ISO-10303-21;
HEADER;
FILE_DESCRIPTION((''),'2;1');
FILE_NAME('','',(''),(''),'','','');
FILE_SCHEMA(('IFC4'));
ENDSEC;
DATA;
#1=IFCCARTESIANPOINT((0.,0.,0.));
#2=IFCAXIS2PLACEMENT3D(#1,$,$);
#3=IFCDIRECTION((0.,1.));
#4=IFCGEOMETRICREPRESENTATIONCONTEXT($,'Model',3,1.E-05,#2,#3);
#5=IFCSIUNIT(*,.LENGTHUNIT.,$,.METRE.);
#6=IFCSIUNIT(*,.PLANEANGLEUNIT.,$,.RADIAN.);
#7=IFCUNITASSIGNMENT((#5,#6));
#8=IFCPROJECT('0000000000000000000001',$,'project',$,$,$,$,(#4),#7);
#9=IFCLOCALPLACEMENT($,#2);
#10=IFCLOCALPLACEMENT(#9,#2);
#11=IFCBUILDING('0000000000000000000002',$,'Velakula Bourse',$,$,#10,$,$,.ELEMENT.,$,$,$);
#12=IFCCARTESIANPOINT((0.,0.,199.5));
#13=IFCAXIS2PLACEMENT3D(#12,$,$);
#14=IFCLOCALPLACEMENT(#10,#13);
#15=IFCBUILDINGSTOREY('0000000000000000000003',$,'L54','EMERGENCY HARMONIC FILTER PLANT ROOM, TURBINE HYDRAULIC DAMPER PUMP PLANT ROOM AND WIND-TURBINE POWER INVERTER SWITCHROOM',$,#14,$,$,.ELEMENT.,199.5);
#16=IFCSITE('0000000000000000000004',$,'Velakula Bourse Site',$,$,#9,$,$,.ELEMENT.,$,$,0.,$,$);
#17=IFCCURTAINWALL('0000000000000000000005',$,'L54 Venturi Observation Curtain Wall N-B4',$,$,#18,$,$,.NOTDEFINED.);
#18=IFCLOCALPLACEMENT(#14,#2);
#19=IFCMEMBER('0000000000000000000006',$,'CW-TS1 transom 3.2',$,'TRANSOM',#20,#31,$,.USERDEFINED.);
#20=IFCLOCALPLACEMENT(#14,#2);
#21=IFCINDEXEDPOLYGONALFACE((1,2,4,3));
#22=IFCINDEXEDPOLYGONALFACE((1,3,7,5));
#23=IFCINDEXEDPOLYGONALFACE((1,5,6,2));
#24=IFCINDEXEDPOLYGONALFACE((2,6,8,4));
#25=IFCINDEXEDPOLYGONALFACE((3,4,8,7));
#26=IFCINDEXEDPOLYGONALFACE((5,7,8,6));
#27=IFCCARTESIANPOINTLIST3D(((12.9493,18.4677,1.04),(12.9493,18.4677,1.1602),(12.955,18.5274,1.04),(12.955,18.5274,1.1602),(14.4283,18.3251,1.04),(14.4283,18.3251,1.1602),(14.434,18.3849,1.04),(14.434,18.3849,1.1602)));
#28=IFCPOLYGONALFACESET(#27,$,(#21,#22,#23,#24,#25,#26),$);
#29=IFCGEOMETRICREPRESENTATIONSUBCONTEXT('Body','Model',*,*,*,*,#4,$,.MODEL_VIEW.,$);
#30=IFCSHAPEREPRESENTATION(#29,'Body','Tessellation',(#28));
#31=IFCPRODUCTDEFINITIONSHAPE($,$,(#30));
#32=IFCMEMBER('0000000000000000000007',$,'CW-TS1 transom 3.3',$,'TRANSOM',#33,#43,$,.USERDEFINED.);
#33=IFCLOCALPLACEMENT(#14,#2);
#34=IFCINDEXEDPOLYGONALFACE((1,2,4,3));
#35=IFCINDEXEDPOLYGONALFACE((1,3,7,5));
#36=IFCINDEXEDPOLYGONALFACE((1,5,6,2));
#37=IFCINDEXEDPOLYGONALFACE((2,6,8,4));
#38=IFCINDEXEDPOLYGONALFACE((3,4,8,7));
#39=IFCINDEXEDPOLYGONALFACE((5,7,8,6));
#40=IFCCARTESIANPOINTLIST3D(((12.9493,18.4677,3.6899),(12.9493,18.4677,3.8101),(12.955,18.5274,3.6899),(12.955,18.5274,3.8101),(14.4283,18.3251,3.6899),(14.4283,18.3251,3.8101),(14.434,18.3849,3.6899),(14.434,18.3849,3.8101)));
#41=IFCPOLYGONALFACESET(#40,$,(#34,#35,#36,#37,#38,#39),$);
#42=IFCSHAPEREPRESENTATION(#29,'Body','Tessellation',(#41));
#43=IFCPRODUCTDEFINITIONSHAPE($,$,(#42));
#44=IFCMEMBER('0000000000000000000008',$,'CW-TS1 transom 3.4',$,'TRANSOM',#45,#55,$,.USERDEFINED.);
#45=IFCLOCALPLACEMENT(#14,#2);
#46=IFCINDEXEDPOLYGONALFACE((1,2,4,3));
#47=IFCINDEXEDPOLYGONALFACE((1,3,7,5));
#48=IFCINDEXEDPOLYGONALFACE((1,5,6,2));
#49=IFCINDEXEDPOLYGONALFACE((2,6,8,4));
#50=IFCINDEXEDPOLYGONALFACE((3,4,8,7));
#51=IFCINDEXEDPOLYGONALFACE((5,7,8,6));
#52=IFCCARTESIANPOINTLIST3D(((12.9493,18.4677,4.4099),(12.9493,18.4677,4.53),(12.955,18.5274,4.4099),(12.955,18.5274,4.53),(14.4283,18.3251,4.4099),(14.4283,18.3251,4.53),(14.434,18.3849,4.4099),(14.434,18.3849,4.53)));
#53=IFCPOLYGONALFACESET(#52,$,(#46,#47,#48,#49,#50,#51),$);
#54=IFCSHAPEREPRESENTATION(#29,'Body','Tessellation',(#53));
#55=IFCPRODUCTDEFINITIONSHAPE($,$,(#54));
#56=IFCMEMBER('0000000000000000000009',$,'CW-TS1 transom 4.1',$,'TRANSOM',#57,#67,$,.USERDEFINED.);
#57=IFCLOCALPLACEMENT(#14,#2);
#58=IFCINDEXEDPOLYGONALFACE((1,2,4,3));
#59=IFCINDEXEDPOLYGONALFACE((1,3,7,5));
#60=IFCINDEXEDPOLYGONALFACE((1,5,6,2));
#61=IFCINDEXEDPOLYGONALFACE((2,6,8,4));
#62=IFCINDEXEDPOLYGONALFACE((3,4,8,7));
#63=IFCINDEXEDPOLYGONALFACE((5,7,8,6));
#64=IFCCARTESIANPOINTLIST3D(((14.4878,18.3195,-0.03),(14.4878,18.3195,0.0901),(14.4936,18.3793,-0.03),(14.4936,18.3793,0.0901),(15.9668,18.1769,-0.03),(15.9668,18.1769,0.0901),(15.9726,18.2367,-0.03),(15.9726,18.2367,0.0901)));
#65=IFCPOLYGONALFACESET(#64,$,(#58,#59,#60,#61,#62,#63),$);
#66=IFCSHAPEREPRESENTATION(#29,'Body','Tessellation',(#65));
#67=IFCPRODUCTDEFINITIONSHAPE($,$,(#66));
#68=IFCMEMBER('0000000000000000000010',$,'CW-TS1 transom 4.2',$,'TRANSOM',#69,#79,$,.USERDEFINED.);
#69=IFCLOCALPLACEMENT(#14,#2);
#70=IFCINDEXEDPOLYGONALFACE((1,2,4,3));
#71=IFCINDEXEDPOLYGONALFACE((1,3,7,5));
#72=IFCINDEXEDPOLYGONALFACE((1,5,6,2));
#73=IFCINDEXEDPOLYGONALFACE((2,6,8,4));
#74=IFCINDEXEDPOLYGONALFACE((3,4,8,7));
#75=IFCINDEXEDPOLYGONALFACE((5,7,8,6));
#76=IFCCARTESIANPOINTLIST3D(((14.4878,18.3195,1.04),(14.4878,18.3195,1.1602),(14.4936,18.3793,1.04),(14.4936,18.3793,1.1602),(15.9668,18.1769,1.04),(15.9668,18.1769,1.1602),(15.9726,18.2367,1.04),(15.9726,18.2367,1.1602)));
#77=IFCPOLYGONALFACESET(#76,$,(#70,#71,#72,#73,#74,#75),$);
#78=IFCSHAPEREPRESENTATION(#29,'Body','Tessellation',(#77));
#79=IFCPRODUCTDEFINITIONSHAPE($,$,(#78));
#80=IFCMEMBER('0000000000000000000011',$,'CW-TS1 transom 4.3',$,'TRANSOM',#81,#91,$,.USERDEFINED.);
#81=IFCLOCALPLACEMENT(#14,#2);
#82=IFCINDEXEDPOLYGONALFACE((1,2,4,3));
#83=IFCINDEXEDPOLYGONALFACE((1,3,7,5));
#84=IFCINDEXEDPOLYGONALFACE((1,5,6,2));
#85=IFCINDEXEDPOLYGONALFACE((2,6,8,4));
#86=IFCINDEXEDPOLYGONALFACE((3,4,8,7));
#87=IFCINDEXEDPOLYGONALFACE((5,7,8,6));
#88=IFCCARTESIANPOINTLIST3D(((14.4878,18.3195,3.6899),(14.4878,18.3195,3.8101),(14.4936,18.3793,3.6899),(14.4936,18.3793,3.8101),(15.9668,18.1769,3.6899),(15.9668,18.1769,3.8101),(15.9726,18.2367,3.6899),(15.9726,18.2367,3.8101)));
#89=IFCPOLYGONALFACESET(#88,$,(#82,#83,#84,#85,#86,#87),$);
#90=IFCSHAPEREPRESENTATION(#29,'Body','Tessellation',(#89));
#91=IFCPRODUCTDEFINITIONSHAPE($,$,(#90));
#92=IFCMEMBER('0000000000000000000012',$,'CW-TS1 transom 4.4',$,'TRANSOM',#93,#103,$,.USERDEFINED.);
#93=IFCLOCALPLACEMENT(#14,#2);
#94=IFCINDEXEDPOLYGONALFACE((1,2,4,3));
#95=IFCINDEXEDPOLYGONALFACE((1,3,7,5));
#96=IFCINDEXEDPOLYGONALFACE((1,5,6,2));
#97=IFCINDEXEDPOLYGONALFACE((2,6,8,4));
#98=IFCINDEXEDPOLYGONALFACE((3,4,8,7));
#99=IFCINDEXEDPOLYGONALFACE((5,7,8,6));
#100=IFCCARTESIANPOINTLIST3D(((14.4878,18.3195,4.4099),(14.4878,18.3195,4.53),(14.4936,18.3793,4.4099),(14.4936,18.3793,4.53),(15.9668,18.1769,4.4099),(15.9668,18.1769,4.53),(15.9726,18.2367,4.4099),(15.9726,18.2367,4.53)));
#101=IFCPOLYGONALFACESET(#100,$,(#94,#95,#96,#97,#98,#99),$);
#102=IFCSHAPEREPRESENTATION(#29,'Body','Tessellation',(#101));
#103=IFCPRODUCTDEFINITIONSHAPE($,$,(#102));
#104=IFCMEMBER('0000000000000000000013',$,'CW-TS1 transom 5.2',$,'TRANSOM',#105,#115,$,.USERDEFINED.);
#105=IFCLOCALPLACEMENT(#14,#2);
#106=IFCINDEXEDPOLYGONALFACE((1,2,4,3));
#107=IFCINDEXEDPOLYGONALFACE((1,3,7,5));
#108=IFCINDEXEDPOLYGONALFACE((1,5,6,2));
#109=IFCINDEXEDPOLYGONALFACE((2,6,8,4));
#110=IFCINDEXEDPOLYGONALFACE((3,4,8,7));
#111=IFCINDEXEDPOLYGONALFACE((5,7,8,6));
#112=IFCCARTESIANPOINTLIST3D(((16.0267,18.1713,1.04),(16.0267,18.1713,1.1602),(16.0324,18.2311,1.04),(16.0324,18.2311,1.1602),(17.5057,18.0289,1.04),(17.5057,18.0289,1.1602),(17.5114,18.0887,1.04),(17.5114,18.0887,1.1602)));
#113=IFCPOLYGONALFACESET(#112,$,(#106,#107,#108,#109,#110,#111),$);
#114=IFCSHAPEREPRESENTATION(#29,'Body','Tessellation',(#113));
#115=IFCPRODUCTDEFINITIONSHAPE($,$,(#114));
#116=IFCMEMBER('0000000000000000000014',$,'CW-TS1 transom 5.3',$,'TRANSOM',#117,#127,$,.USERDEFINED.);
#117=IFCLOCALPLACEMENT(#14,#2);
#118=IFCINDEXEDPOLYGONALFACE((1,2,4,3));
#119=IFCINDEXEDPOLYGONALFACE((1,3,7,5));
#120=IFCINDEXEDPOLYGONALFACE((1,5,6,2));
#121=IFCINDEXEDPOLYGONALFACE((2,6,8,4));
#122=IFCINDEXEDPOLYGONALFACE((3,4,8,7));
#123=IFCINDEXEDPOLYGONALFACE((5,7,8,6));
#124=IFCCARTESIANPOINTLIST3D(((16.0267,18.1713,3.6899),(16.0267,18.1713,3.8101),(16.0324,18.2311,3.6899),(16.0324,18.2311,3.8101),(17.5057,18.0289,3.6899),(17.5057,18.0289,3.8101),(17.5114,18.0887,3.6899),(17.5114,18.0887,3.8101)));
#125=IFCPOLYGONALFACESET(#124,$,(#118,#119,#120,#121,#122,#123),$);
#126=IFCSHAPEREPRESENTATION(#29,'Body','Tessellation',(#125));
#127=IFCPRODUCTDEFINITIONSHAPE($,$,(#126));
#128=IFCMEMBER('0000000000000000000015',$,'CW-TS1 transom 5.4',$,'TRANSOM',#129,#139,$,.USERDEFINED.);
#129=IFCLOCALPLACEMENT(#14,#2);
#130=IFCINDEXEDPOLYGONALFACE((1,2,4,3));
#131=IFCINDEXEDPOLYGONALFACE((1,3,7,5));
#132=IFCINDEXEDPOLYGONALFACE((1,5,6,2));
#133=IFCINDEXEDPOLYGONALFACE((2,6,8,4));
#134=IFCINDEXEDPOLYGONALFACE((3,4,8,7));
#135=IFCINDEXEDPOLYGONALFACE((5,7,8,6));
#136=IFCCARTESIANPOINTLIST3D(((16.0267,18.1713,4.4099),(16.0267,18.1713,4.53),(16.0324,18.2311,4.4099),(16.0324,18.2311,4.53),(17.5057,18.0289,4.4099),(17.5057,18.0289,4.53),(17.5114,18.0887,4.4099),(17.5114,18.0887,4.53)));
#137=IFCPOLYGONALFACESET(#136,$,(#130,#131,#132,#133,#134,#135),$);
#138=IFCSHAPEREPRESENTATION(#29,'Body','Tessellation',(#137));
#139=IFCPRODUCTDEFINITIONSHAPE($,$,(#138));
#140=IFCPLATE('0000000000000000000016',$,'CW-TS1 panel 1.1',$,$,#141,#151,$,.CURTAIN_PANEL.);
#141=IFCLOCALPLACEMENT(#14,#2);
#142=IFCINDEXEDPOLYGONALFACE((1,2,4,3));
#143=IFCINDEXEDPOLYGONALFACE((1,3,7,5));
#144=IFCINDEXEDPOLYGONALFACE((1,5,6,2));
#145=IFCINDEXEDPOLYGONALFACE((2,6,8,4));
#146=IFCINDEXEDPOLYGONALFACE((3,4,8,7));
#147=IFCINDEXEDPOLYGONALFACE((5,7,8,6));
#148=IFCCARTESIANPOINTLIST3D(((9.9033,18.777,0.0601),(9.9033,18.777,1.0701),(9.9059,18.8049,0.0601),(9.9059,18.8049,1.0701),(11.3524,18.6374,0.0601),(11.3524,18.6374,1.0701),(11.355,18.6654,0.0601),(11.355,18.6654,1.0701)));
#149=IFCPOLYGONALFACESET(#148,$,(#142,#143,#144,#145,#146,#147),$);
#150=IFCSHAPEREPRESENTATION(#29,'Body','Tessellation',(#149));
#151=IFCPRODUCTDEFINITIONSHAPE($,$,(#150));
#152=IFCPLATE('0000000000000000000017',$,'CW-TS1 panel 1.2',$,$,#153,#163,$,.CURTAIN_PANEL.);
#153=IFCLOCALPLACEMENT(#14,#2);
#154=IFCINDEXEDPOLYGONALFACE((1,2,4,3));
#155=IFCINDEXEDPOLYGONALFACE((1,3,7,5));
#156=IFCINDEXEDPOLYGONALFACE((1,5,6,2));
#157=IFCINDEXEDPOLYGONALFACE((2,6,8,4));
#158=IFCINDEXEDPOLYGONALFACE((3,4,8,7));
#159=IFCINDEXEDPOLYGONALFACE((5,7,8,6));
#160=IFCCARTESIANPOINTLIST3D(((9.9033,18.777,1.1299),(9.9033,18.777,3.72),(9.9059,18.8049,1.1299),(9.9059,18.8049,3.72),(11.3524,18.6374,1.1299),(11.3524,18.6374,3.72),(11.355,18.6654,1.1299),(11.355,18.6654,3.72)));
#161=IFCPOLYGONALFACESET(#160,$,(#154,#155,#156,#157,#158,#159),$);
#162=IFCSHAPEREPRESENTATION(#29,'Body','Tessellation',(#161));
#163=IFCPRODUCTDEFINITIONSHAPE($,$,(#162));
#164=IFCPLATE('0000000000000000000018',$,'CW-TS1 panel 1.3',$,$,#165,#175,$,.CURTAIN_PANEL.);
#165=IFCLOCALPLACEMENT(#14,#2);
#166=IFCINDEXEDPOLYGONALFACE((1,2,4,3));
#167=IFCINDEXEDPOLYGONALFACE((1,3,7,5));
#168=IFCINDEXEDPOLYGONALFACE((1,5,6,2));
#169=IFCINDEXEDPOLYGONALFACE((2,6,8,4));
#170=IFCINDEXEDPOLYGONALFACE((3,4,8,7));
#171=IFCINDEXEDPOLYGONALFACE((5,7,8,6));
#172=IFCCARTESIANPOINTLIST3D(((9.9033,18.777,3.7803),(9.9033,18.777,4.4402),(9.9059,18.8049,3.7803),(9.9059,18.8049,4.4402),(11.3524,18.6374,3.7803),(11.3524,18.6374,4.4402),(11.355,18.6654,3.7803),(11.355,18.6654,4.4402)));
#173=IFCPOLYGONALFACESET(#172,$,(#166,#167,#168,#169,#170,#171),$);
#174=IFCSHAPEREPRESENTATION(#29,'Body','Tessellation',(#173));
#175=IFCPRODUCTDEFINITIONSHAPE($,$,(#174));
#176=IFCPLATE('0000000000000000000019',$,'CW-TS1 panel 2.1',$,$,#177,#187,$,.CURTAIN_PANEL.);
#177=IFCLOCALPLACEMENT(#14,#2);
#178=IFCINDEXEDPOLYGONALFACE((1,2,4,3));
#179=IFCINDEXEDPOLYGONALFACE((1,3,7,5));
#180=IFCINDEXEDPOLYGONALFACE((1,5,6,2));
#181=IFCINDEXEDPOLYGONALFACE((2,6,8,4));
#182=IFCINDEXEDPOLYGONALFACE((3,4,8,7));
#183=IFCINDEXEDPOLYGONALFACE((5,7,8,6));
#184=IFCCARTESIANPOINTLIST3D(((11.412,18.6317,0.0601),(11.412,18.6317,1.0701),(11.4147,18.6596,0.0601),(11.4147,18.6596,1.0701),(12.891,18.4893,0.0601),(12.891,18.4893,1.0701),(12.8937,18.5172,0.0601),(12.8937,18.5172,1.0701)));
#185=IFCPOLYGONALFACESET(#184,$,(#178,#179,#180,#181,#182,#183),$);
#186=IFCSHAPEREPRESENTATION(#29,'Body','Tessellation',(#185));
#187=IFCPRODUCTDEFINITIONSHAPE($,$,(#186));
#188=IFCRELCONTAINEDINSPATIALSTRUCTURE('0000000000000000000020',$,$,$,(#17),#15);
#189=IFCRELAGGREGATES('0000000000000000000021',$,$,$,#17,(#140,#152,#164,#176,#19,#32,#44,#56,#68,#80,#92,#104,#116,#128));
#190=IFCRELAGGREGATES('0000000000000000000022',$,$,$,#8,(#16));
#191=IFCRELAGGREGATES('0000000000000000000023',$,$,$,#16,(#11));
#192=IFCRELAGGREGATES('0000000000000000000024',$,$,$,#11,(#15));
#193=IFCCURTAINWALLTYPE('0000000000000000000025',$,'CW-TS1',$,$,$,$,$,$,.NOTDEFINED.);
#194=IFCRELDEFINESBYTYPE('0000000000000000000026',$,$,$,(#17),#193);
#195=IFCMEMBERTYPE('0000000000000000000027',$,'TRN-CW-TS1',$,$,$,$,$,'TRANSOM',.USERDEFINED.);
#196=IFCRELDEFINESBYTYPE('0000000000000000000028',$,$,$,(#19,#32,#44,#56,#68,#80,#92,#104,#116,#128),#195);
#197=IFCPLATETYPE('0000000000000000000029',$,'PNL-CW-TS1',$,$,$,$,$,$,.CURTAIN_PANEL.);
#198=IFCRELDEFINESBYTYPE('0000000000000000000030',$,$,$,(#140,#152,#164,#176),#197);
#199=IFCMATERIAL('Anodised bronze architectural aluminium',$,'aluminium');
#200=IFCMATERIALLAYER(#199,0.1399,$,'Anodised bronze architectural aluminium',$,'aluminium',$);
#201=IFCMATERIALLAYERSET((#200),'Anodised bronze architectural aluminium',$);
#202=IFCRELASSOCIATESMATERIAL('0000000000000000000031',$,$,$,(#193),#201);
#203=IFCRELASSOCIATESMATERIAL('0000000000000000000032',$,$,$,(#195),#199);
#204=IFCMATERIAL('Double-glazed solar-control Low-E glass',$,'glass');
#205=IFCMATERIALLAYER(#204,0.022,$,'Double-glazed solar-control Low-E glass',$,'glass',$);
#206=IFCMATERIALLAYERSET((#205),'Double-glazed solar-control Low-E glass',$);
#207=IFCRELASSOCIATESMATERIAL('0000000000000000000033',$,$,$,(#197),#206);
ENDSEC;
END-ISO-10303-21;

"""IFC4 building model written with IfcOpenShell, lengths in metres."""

from ifc_helpers import new_model, si_unit, direction, frame, origin, origin_2d, place, context, subcontext, project, spatial, rectangle, extrude, material, layer, layer_set, material_profile, profile_set, type_object, element, aggregate, save


model = new_model("IFC4")

# Units and contexts
model_context = context("Model", 3, precision=1e-05, world=origin(), true_north=direction((0.0, 1.0)))
body_context = subcontext(model_context, "Body", "Model", "MODEL_VIEW")
ifc_project = project(units=[si_unit("LENGTHUNIT", "METRE"), si_unit("PLANEANGLEUNIT", "RADIAN")], contexts=[model_context])

# Site, building, storey
site_placement = place(None, origin())
site = spatial("IfcSite", under=ifc_project, at=site_placement, Name="Velakula Bourse Site", CompositionType="ELEMENT", RefElevation=0.0)
building_placement = place(site_placement, origin())
building = spatial("IfcBuilding", under=site, at=building_placement, Name="Velakula Bourse", CompositionType="ELEMENT")
storey_placement = place(building_placement, frame((0.0, 0.0, 199.5)))
storey = spatial("IfcBuildingStorey", under=building, at=storey_placement, Name="L54", Description="EMERGENCY HARMONIC FILTER PLANT ROOM, TURBINE HYDRAULIC DAMPER PUMP PLANT ROOM AND WIND-TURBINE POWER INVERTER SWITCHROOM", CompositionType="ELEMENT", Elevation=199.5)

# Curtain wall, members, plates
ifc_material_1 = material(Name="Anodised bronze architectural aluminium", Category="aluminium")
ifc_layer_1 = layer(ifc_material_1, 0.1399, Name="Anodised bronze architectural aluminium", Category="aluminium")
ifc_layer_set_1 = layer_set([ifc_layer_1], Name="Anodised bronze architectural aluminium")
curtain_wall_type = type_object("IfcCurtainWallType", Name="CW-TS1", PredefinedType="NOTDEFINED", material=ifc_layer_set_1)
curtain_wall_placement = place(storey_placement, origin())
curtain_wall = element("IfcCurtainWall", 1, at=curtain_wall_placement, inside=storey, type_object=curtain_wall_type, Name="L54 Venturi Observation Curtain Wall N-B4", PredefinedType="NOTDEFINED")
ifc_material_profile_1 = material_profile(ifc_material_1, rectangle(XDim=0.0601, YDim=0.1201, at=origin_2d()), Name="Anodised bronze architectural aluminium")
ifc_profile_set_1 = profile_set([ifc_material_profile_1], Name="Anodised bronze architectural aluminium")
member_type_1 = type_object("IfcMemberType", Name="TRN-CW-TS1", ElementType="TRANSOM", PredefinedType="USERDEFINED", material=ifc_profile_set_1)
member_1_placement = place(storey_placement, frame((12.9521, 18.4976, 1.1001), z_axis=(0.995386, -0.095957, 0.0), x_axis=(0.095957, 0.995386, 0.0)))
member_1 = element("IfcMember", 2, at=member_1_placement, type_object=member_type_1, Name="CW-TS1 transom 3.2", ObjectType="TRANSOM", PredefinedType="USERDEFINED", context=body_context, shape_type="SweptSolid", body=[
    extrude(rectangle(XDim=0.0601, YDim=0.1201, at=origin_2d()), origin(), (0.0, 0.0, 1.0), 1.4858),
])
member_2_placement = place(storey_placement, frame((12.9521, 18.4976, 3.75), z_axis=(0.995386, -0.095957, 0.0), x_axis=(0.095957, 0.995386, 0.0)))
member_2 = element("IfcMember", 3, at=member_2_placement, type_object=member_type_1, Name="CW-TS1 transom 3.3", ObjectType="TRANSOM", PredefinedType="USERDEFINED", context=body_context, shape_type="SweptSolid", body=[
    extrude(rectangle(XDim=0.0601, YDim=0.1201, at=origin_2d()), origin(), (0.0, 0.0, 1.0), 1.4858),
])
member_3_placement = place(storey_placement, frame((12.9521, 18.4976, 4.47), z_axis=(0.995386, -0.095957, 0.0), x_axis=(0.095957, 0.995386, 0.0)))
member_3 = element("IfcMember", 4, at=member_3_placement, type_object=member_type_1, Name="CW-TS1 transom 3.4", ObjectType="TRANSOM", PredefinedType="USERDEFINED", context=body_context, shape_type="SweptSolid", body=[
    extrude(rectangle(XDim=0.0601, YDim=0.1201, at=origin_2d()), origin(), (0.0, 0.0, 1.0), 1.4858),
])
member_4_placement = place(storey_placement, frame((14.4907, 18.3494, 0.03), z_axis=(0.995386, -0.095957, 0.0), x_axis=(0.095957, 0.995386, 0.0)))
member_4 = element("IfcMember", 5, at=member_4_placement, type_object=member_type_1, Name="CW-TS1 transom 4.1", ObjectType="TRANSOM", PredefinedType="USERDEFINED", context=body_context, shape_type="SweptSolid", body=[
    extrude(rectangle(XDim=0.0601, YDim=0.1201, at=origin_2d()), origin(), (0.0, 0.0, 1.0), 1.4858),
])
member_5_placement = place(storey_placement, frame((14.4907, 18.3494, 1.1001), z_axis=(0.995386, -0.095957, 0.0), x_axis=(0.095957, 0.995386, 0.0)))
member_5 = element("IfcMember", 6, at=member_5_placement, type_object=member_type_1, Name="CW-TS1 transom 4.2", ObjectType="TRANSOM", PredefinedType="USERDEFINED", context=body_context, shape_type="SweptSolid", body=[
    extrude(rectangle(XDim=0.0601, YDim=0.1201, at=origin_2d()), origin(), (0.0, 0.0, 1.0), 1.4858),
])
member_6_placement = place(storey_placement, frame((14.4907, 18.3494, 3.75), z_axis=(0.995386, -0.095957, 0.0), x_axis=(0.095957, 0.995386, 0.0)))
member_6 = element("IfcMember", 7, at=member_6_placement, type_object=member_type_1, Name="CW-TS1 transom 4.3", ObjectType="TRANSOM", PredefinedType="USERDEFINED", context=body_context, shape_type="SweptSolid", body=[
    extrude(rectangle(XDim=0.0601, YDim=0.1201, at=origin_2d()), origin(), (0.0, 0.0, 1.0), 1.4858),
])
member_7_placement = place(storey_placement, frame((14.4907, 18.3494, 4.47), z_axis=(0.995386, -0.095957, 0.0), x_axis=(0.095957, 0.995386, 0.0)))
member_7 = element("IfcMember", 8, at=member_7_placement, type_object=member_type_1, Name="CW-TS1 transom 4.4", ObjectType="TRANSOM", PredefinedType="USERDEFINED", context=body_context, shape_type="SweptSolid", body=[
    extrude(rectangle(XDim=0.0601, YDim=0.1201, at=origin_2d()), origin(), (0.0, 0.0, 1.0), 1.4858),
])
member_8_placement = place(storey_placement, frame((16.0295, 18.2012, 1.1001), z_axis=(0.995401, -0.095794, 0.0), x_axis=(0.095794, 0.995401, 0.0)))
member_8 = element("IfcMember", 9, at=member_8_placement, type_object=member_type_1, Name="CW-TS1 transom 5.2", ObjectType="TRANSOM", PredefinedType="USERDEFINED", context=body_context, shape_type="SweptSolid", body=[
    extrude(rectangle(XDim=0.0601, YDim=0.1201, at=origin_2d()), origin(), (0.0, 0.0, 1.0), 1.4858),
])
member_9_placement = place(storey_placement, frame((16.0295, 18.2012, 3.75), z_axis=(0.995401, -0.095794, 0.0), x_axis=(0.095794, 0.995401, 0.0)))
member_9 = element("IfcMember", 10, at=member_9_placement, type_object=member_type_1, Name="CW-TS1 transom 5.3", ObjectType="TRANSOM", PredefinedType="USERDEFINED", context=body_context, shape_type="SweptSolid", body=[
    extrude(rectangle(XDim=0.0601, YDim=0.1201, at=origin_2d()), origin(), (0.0, 0.0, 1.0), 1.4858),
])
member_10_placement = place(storey_placement, frame((16.0295, 18.2012, 4.47), z_axis=(0.995401, -0.095794, 0.0), x_axis=(0.095794, 0.995401, 0.0)))
member_10 = element("IfcMember", 11, at=member_10_placement, type_object=member_type_1, Name="CW-TS1 transom 5.4", ObjectType="TRANSOM", PredefinedType="USERDEFINED", context=body_context, shape_type="SweptSolid", body=[
    extrude(rectangle(XDim=0.0601, YDim=0.1201, at=origin_2d()), origin(), (0.0, 0.0, 1.0), 1.4858),
])
ifc_material_2 = material(Name="Double-glazed solar-control Low-E glass", Category="glass")
ifc_layer_2 = layer(ifc_material_2, 0.022, Name="Double-glazed solar-control Low-E glass", Category="glass")
ifc_layer_set_2 = layer_set([ifc_layer_2], Name="Double-glazed solar-control Low-E glass")
plate_type = type_object("IfcPlateType", Name="PNL-CW-TS1", PredefinedType="CURTAIN_PANEL", material=ifc_layer_set_2)
plate_1_placement = place(storey_placement, frame((10.6292, 18.7212, 0.0601), z_axis=(0.0, 0.0, 1.0), x_axis=(0.995396, -0.095849, 0.0)))
plate_1 = element("IfcPlate", 12, at=plate_1_placement, type_object=plate_type, Name="CW-TS1 panel 1.1", PredefinedType="CURTAIN_PANEL", context=body_context, shape_type="SweptSolid", body=[
    extrude(rectangle(XDim=1.4558, YDim=0.0281, at=origin_2d()), origin(), (0.0, 0.0, 1.0), 1.01),
])
plate_2_placement = place(storey_placement, frame((10.6292, 18.7212, 1.1299), z_axis=(0.0, 0.0, 1.0), x_axis=(0.995396, -0.095849, 0.0)))
plate_2 = element("IfcPlate", 13, at=plate_2_placement, type_object=plate_type, Name="CW-TS1 panel 1.2", PredefinedType="CURTAIN_PANEL", context=body_context, shape_type="SweptSolid", body=[
    extrude(rectangle(XDim=1.4558, YDim=0.0281, at=origin_2d()), origin(), (0.0, 0.0, 1.0), 2.5901),
])
plate_3_placement = place(storey_placement, frame((10.6292, 18.7212, 3.7803), z_axis=(0.0, 0.0, 1.0), x_axis=(0.995396, -0.095849, 0.0)))
plate_3 = element("IfcPlate", 14, at=plate_3_placement, type_object=plate_type, Name="CW-TS1 panel 1.3", PredefinedType="CURTAIN_PANEL", context=body_context, shape_type="SweptSolid", body=[
    extrude(rectangle(XDim=1.4558, YDim=0.0281, at=origin_2d()), origin(), (0.0, 0.0, 1.0), 0.6599),
])
plate_4_placement = place(storey_placement, frame((12.1528, 18.5745, 0.0601), z_axis=(0.0, 0.0, 1.0), x_axis=(0.995396, -0.095849, 0.0)))
plate_4 = element("IfcPlate", 15, at=plate_4_placement, type_object=plate_type, Name="CW-TS1 panel 2.1", PredefinedType="CURTAIN_PANEL", context=body_context, shape_type="SweptSolid", body=[
    extrude(rectangle(XDim=1.4858, YDim=0.0281, at=origin_2d()), origin(), (0.0, 0.0, 1.0), 1.01),
])
aggregate(curtain_wall, [plate_1, plate_2, plate_3, plate_4, member_1, member_2, member_3, member_4, member_5, member_6, member_7, member_8, member_9, member_10])

save(model, "model.ifc")
